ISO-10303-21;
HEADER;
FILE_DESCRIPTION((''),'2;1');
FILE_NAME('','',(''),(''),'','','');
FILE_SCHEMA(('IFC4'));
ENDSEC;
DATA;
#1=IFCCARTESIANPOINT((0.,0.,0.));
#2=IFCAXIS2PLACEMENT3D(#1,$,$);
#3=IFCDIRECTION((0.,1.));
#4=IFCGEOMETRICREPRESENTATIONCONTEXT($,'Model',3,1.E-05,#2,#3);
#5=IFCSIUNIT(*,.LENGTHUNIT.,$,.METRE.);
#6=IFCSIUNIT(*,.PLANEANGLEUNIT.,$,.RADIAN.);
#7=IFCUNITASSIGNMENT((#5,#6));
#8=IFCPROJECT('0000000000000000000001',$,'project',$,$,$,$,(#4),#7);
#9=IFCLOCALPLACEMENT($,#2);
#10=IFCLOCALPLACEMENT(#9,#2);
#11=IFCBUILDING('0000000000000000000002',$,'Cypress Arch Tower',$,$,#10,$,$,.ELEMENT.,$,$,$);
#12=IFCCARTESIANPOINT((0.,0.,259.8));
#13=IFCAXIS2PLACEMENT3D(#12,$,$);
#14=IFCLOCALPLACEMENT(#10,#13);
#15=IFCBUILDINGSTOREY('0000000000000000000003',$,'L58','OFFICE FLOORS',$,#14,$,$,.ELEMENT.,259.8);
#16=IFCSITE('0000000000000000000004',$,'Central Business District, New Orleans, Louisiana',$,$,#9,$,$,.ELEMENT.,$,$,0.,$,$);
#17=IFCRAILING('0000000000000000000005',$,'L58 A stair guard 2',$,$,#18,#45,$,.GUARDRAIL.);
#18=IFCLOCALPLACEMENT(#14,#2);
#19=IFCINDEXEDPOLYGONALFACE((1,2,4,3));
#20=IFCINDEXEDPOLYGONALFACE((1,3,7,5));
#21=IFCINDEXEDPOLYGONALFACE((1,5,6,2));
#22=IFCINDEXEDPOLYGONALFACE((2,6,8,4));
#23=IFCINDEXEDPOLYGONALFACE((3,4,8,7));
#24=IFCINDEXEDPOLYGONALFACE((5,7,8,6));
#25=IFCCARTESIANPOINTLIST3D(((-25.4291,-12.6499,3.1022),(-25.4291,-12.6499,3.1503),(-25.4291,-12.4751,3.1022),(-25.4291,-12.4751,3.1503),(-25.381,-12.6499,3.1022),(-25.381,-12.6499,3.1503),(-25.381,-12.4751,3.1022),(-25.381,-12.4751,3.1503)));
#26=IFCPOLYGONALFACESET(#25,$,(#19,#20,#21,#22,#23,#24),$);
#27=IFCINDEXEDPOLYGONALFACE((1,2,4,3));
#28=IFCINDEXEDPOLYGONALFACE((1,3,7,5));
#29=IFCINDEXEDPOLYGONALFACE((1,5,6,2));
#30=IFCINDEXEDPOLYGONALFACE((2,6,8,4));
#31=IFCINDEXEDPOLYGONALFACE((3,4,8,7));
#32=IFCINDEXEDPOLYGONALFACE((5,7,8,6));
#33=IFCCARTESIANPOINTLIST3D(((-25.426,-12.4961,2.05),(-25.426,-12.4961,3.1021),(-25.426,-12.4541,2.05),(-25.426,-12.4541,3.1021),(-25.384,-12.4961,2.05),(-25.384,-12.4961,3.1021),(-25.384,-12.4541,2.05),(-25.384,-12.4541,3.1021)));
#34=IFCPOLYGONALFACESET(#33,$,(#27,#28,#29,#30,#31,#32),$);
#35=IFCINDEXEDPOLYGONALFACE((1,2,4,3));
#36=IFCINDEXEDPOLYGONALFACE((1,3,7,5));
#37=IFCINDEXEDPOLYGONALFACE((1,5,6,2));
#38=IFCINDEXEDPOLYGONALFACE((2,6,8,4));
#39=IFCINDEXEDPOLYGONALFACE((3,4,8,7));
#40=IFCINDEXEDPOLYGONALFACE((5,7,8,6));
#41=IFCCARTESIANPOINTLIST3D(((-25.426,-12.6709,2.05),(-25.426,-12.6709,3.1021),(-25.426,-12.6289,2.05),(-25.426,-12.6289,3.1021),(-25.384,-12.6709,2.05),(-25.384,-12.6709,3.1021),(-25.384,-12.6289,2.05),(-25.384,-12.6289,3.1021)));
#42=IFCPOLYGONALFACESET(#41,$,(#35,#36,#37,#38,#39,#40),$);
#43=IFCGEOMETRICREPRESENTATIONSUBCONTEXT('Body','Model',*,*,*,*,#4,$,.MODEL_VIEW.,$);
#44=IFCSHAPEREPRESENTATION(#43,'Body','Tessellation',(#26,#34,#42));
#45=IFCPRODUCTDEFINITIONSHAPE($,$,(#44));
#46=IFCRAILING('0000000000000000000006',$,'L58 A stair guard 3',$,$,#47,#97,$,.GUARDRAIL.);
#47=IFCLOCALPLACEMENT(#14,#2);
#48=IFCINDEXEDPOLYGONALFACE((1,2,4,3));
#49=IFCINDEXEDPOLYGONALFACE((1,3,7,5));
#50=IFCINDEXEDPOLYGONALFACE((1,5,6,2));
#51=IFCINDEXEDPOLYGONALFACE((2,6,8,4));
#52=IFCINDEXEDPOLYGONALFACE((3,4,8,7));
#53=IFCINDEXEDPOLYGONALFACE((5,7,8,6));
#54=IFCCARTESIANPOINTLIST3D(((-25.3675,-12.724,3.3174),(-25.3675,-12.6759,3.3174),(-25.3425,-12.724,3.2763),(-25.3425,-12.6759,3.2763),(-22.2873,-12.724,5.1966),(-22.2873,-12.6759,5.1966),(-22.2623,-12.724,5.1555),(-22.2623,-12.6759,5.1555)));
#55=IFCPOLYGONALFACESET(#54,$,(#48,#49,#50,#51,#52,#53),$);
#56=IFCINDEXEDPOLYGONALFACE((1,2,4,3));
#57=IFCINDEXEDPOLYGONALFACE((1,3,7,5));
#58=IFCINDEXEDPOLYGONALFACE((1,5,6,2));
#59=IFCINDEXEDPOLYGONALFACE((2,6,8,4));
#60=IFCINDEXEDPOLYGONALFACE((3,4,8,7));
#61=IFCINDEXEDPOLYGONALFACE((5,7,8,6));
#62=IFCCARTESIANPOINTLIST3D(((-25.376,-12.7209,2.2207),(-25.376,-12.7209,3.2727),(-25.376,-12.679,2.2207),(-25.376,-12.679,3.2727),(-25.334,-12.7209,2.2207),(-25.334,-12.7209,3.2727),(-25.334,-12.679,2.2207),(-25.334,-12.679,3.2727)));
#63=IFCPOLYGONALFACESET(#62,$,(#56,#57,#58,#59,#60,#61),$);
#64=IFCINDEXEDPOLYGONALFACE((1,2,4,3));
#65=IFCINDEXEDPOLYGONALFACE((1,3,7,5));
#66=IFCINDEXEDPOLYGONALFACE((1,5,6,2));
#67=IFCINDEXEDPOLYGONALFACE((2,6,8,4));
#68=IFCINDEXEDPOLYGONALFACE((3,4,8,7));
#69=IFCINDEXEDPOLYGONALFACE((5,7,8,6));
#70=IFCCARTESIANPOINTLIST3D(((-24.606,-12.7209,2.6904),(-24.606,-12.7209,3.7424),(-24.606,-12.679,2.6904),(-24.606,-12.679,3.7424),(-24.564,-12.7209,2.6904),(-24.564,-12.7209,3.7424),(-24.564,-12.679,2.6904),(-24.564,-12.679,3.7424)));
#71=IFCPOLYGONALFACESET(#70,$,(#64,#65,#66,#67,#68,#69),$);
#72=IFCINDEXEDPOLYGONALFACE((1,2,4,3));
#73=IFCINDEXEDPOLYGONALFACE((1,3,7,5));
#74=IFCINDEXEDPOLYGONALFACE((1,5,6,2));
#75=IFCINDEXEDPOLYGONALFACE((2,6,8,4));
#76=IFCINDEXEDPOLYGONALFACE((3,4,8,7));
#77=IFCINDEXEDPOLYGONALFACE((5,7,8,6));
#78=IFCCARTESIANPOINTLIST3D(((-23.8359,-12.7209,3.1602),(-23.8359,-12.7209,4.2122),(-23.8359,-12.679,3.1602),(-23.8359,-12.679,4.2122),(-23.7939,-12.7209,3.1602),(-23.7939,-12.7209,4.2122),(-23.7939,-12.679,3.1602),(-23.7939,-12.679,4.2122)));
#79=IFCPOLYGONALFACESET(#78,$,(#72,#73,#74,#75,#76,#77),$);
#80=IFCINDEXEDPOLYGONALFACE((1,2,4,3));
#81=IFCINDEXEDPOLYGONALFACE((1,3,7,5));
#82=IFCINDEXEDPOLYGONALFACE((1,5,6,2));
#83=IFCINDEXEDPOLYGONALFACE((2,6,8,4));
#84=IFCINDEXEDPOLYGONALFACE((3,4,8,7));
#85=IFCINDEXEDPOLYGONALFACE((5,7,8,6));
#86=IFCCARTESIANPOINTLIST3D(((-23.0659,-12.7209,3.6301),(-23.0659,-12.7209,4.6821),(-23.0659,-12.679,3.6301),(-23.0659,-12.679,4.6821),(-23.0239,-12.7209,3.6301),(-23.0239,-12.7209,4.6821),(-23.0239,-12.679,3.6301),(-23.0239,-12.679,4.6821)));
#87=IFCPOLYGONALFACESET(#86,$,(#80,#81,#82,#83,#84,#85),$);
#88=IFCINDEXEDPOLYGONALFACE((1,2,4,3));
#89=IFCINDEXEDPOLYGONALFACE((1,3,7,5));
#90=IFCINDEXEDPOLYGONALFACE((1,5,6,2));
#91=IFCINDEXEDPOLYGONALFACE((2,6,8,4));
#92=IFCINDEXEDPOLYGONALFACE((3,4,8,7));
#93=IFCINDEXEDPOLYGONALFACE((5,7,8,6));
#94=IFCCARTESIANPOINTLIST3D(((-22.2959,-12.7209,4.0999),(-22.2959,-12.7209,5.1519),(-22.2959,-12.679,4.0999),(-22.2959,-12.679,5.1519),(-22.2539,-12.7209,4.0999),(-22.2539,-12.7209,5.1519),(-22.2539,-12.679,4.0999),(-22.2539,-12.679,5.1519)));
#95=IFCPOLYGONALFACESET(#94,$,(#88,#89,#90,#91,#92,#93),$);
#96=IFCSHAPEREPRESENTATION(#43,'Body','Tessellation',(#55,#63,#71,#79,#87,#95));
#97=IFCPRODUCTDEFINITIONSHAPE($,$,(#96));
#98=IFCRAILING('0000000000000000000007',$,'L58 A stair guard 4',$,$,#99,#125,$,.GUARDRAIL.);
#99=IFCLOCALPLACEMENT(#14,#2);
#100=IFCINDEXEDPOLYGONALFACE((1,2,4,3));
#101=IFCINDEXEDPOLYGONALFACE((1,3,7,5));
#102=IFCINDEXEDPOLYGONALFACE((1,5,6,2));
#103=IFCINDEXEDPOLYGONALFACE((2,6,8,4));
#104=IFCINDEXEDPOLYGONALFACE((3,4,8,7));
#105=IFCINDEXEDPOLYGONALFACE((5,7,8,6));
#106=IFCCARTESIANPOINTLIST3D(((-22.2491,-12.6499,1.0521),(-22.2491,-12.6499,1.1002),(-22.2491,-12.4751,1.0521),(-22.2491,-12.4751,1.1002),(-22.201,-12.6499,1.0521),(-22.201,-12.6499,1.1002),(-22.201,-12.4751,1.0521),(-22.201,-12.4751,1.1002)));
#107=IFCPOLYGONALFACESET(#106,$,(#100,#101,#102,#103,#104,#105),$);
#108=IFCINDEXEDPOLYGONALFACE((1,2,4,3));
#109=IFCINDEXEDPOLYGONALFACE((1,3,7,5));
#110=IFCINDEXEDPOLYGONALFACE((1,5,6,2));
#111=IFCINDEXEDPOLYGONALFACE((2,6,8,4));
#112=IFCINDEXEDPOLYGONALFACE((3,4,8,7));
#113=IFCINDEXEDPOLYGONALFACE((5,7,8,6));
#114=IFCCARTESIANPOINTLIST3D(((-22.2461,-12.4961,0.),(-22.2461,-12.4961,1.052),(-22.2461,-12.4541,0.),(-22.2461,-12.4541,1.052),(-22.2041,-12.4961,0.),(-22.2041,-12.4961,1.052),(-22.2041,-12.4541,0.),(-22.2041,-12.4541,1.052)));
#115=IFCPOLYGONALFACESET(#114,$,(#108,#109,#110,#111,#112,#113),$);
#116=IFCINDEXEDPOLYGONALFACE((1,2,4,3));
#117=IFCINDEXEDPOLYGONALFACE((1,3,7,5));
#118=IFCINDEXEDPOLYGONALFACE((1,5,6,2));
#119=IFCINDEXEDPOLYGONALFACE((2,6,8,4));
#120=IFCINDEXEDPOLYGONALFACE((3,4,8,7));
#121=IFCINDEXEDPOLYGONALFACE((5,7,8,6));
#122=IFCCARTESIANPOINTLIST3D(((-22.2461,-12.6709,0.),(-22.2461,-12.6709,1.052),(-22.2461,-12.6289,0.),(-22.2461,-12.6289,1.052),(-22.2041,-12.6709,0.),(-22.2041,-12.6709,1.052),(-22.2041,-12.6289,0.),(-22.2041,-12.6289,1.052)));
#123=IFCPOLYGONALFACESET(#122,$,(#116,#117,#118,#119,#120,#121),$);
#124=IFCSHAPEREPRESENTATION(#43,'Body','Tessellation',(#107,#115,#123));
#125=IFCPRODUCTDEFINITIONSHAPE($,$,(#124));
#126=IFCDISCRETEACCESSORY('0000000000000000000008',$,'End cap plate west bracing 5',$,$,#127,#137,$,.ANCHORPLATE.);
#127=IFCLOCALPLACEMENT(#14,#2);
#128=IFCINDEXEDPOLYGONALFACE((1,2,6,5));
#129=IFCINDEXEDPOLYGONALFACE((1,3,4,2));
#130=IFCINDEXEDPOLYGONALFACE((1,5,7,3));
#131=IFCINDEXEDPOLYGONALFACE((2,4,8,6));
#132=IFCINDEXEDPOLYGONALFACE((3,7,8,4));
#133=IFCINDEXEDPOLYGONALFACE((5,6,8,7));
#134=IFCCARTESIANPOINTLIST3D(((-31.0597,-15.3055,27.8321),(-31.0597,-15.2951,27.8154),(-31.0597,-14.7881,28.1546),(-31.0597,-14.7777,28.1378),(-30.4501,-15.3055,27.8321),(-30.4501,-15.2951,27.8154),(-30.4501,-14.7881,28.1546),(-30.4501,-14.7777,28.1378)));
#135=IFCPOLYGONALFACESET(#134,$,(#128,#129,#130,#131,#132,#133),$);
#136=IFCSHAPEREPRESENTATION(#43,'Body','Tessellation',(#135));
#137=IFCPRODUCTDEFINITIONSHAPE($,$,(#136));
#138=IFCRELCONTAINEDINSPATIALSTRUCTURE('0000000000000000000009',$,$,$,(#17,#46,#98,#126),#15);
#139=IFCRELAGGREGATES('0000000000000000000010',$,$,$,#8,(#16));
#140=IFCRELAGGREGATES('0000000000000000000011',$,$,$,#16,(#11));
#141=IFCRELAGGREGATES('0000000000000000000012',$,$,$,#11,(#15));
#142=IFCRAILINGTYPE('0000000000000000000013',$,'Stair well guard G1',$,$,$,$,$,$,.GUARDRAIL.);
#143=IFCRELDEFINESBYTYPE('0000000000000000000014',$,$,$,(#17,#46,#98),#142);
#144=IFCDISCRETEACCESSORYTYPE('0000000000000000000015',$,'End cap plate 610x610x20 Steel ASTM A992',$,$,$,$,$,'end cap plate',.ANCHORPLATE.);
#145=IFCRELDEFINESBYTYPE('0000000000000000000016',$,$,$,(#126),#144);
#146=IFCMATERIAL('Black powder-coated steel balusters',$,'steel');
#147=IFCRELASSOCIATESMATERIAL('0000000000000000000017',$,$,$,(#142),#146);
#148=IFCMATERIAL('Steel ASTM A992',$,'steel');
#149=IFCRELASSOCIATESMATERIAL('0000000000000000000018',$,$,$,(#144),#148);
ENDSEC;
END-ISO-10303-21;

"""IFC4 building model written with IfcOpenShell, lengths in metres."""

from ifc_helpers import new_model, si_unit, direction, frame, origin, origin_2d, place, context, subcontext, project, spatial, rectangle, extrude, material, material_profile, profile_set, type_object, element, save


model = new_model("IFC4")

# Units and contexts
model_context = context("Model", 3, precision=1e-05, world=origin(), true_north=direction((0.0, 1.0)))
body_context = subcontext(model_context, "Body", "Model", "MODEL_VIEW")
ifc_project = project(units=[si_unit("LENGTHUNIT", "METRE"), si_unit("PLANEANGLEUNIT", "RADIAN")], contexts=[model_context])

# Site, building, storey
site_placement = place(None, origin())
site = spatial("IfcSite", under=ifc_project, at=site_placement, Name="Central Business District, New Orleans, Louisiana", CompositionType="ELEMENT", RefElevation=0.0)
building_placement = place(site_placement, origin())
building = spatial("IfcBuilding", under=site, at=building_placement, Name="Cypress Arch Tower", CompositionType="ELEMENT")
storey_placement = place(building_placement, frame((0.0, 0.0, 259.8)))
storey = spatial("IfcBuildingStorey", under=building, at=storey_placement, Name="L58", Description="OFFICE FLOORS", CompositionType="ELEMENT", Elevation=259.8)

# Railings
ifc_material_1 = material(Name="Black powder-coated steel balusters", Category="steel")
railing_type_1 = type_object("IfcRailingType", Name="Stair well guard G1", PredefinedType="GUARDRAIL", material=ifc_material_1)
railing_1_placement = place(storey_placement, frame((-25.405, -12.4751, 2.05)))
element("IfcRailing", 1, at=railing_1_placement, inside=storey, type_object=railing_type_1, Name="L58 A stair guard 2", PredefinedType="GUARDRAIL", context=body_context, shape_type="SweptSolid", body=[
    extrude(rectangle(XDim=0.0481, YDim=0.0481, at=origin_2d()), frame((0.0, 0.0, 1.0762), z_axis=(0.0, -1.0, 0.0), x_axis=(1.0, 0.0, 0.0)), (0.0, 0.0, 1.0), 0.1748),
    extrude(rectangle(XDim=0.042, YDim=0.042, at=origin_2d()), origin(), (0.0, 0.0, 1.0), 1.052),
    extrude(rectangle(XDim=0.042, YDim=0.042, at=origin_2d()), frame((0.0, -0.1748, 0.0)), (0.0, 0.0, 1.0), 1.052),
])
railing_2_placement = place(storey_placement, frame((-25.355, -12.7, 2.2207)))
element("IfcRailing", 2, at=railing_2_placement, inside=storey, type_object=railing_type_1, Name="L58 A stair guard 3", PredefinedType="GUARDRAIL", context=body_context, shape_type="SweptSolid", body=[
    extrude(rectangle(XDim=0.0481, YDim=0.0481, at=origin_2d()), frame((0.0, 0.0, 1.0762), z_axis=(0.853666, 0.0, 0.52082), x_axis=(0.0, 1.0, 0.0)), (0.0, 0.0, 1.0), 3.6082),
    extrude(rectangle(XDim=0.042, YDim=0.042, at=origin_2d()), origin(), (0.0, 0.0, 1.0), 1.052),
    extrude(rectangle(XDim=0.042, YDim=0.042, at=origin_2d()), frame((0.77, 0.0, 0.4697)), (0.0, 0.0, 1.0), 1.052),
    extrude(rectangle(XDim=0.042, YDim=0.042, at=origin_2d()), frame((1.54, 0.0, 0.9395)), (0.0, 0.0, 1.0), 1.052),
    extrude(rectangle(XDim=0.042, YDim=0.042, at=origin_2d()), frame((2.3101, 0.0, 1.4094)), (0.0, 0.0, 1.0), 1.052),
    extrude(rectangle(XDim=0.042, YDim=0.042, at=origin_2d()), frame((3.0801, 0.0, 1.8792)), (0.0, 0.0, 1.0), 1.052),
])
railing_3_placement = place(storey_placement, frame((-22.2251, -12.4751, 0.0)))
element("IfcRailing", 3, at=railing_3_placement, inside=storey, type_object=railing_type_1, Name="L58 A stair guard 4", PredefinedType="GUARDRAIL", context=body_context, shape_type="SweptSolid", body=[
    extrude(rectangle(XDim=0.0481, YDim=0.0481, at=origin_2d()), frame((0.0, 0.0, 1.0762), z_axis=(0.0, -1.0, 0.0), x_axis=(1.0, 0.0, 0.0)), (0.0, 0.0, 1.0), 0.1748),
    extrude(rectangle(XDim=0.042, YDim=0.042, at=origin_2d()), origin(), (0.0, 0.0, 1.0), 1.052),
    extrude(rectangle(XDim=0.042, YDim=0.042, at=origin_2d()), frame((0.0, -0.1748, 0.0)), (0.0, 0.0, 1.0), 1.052),
])

# Discrete accessory
ifc_material_2 = material(Name="Steel ASTM A992", Category="steel")
ifc_material_profile_1 = material_profile(ifc_material_2, rectangle(XDim=0.6096, YDim=0.6096, at=origin_2d()), Name="PL 20 610x610")
ifc_profile_set_1 = profile_set([ifc_material_profile_1], Name="Steel ASTM A992")
discrete_accessory_type = type_object("IfcDiscreteAccessoryType", Name="End cap plate 610x610x20 Steel ASTM A992", ElementType="end cap plate", PredefinedType="ANCHORPLATE", material=ifc_profile_set_1)
discrete_accessory_placement = place(storey_placement, frame((-30.7549, -15.0364, 27.9766), z_axis=(0.0, -0.528893, 0.848689), x_axis=(1.0, 0.0, 0.0)))
element("IfcDiscreteAccessory", 4, at=discrete_accessory_placement, inside=storey, type_object=discrete_accessory_type, Name="End cap plate west bracing 5", PredefinedType="ANCHORPLATE", context=body_context, shape_type="SweptSolid", body=[
    extrude(rectangle(XDim=0.6096, YDim=0.6096, at=origin_2d()), origin(), (0.0, 0.0, 1.0), 0.0198),
])

save(model, "model.ifc")
